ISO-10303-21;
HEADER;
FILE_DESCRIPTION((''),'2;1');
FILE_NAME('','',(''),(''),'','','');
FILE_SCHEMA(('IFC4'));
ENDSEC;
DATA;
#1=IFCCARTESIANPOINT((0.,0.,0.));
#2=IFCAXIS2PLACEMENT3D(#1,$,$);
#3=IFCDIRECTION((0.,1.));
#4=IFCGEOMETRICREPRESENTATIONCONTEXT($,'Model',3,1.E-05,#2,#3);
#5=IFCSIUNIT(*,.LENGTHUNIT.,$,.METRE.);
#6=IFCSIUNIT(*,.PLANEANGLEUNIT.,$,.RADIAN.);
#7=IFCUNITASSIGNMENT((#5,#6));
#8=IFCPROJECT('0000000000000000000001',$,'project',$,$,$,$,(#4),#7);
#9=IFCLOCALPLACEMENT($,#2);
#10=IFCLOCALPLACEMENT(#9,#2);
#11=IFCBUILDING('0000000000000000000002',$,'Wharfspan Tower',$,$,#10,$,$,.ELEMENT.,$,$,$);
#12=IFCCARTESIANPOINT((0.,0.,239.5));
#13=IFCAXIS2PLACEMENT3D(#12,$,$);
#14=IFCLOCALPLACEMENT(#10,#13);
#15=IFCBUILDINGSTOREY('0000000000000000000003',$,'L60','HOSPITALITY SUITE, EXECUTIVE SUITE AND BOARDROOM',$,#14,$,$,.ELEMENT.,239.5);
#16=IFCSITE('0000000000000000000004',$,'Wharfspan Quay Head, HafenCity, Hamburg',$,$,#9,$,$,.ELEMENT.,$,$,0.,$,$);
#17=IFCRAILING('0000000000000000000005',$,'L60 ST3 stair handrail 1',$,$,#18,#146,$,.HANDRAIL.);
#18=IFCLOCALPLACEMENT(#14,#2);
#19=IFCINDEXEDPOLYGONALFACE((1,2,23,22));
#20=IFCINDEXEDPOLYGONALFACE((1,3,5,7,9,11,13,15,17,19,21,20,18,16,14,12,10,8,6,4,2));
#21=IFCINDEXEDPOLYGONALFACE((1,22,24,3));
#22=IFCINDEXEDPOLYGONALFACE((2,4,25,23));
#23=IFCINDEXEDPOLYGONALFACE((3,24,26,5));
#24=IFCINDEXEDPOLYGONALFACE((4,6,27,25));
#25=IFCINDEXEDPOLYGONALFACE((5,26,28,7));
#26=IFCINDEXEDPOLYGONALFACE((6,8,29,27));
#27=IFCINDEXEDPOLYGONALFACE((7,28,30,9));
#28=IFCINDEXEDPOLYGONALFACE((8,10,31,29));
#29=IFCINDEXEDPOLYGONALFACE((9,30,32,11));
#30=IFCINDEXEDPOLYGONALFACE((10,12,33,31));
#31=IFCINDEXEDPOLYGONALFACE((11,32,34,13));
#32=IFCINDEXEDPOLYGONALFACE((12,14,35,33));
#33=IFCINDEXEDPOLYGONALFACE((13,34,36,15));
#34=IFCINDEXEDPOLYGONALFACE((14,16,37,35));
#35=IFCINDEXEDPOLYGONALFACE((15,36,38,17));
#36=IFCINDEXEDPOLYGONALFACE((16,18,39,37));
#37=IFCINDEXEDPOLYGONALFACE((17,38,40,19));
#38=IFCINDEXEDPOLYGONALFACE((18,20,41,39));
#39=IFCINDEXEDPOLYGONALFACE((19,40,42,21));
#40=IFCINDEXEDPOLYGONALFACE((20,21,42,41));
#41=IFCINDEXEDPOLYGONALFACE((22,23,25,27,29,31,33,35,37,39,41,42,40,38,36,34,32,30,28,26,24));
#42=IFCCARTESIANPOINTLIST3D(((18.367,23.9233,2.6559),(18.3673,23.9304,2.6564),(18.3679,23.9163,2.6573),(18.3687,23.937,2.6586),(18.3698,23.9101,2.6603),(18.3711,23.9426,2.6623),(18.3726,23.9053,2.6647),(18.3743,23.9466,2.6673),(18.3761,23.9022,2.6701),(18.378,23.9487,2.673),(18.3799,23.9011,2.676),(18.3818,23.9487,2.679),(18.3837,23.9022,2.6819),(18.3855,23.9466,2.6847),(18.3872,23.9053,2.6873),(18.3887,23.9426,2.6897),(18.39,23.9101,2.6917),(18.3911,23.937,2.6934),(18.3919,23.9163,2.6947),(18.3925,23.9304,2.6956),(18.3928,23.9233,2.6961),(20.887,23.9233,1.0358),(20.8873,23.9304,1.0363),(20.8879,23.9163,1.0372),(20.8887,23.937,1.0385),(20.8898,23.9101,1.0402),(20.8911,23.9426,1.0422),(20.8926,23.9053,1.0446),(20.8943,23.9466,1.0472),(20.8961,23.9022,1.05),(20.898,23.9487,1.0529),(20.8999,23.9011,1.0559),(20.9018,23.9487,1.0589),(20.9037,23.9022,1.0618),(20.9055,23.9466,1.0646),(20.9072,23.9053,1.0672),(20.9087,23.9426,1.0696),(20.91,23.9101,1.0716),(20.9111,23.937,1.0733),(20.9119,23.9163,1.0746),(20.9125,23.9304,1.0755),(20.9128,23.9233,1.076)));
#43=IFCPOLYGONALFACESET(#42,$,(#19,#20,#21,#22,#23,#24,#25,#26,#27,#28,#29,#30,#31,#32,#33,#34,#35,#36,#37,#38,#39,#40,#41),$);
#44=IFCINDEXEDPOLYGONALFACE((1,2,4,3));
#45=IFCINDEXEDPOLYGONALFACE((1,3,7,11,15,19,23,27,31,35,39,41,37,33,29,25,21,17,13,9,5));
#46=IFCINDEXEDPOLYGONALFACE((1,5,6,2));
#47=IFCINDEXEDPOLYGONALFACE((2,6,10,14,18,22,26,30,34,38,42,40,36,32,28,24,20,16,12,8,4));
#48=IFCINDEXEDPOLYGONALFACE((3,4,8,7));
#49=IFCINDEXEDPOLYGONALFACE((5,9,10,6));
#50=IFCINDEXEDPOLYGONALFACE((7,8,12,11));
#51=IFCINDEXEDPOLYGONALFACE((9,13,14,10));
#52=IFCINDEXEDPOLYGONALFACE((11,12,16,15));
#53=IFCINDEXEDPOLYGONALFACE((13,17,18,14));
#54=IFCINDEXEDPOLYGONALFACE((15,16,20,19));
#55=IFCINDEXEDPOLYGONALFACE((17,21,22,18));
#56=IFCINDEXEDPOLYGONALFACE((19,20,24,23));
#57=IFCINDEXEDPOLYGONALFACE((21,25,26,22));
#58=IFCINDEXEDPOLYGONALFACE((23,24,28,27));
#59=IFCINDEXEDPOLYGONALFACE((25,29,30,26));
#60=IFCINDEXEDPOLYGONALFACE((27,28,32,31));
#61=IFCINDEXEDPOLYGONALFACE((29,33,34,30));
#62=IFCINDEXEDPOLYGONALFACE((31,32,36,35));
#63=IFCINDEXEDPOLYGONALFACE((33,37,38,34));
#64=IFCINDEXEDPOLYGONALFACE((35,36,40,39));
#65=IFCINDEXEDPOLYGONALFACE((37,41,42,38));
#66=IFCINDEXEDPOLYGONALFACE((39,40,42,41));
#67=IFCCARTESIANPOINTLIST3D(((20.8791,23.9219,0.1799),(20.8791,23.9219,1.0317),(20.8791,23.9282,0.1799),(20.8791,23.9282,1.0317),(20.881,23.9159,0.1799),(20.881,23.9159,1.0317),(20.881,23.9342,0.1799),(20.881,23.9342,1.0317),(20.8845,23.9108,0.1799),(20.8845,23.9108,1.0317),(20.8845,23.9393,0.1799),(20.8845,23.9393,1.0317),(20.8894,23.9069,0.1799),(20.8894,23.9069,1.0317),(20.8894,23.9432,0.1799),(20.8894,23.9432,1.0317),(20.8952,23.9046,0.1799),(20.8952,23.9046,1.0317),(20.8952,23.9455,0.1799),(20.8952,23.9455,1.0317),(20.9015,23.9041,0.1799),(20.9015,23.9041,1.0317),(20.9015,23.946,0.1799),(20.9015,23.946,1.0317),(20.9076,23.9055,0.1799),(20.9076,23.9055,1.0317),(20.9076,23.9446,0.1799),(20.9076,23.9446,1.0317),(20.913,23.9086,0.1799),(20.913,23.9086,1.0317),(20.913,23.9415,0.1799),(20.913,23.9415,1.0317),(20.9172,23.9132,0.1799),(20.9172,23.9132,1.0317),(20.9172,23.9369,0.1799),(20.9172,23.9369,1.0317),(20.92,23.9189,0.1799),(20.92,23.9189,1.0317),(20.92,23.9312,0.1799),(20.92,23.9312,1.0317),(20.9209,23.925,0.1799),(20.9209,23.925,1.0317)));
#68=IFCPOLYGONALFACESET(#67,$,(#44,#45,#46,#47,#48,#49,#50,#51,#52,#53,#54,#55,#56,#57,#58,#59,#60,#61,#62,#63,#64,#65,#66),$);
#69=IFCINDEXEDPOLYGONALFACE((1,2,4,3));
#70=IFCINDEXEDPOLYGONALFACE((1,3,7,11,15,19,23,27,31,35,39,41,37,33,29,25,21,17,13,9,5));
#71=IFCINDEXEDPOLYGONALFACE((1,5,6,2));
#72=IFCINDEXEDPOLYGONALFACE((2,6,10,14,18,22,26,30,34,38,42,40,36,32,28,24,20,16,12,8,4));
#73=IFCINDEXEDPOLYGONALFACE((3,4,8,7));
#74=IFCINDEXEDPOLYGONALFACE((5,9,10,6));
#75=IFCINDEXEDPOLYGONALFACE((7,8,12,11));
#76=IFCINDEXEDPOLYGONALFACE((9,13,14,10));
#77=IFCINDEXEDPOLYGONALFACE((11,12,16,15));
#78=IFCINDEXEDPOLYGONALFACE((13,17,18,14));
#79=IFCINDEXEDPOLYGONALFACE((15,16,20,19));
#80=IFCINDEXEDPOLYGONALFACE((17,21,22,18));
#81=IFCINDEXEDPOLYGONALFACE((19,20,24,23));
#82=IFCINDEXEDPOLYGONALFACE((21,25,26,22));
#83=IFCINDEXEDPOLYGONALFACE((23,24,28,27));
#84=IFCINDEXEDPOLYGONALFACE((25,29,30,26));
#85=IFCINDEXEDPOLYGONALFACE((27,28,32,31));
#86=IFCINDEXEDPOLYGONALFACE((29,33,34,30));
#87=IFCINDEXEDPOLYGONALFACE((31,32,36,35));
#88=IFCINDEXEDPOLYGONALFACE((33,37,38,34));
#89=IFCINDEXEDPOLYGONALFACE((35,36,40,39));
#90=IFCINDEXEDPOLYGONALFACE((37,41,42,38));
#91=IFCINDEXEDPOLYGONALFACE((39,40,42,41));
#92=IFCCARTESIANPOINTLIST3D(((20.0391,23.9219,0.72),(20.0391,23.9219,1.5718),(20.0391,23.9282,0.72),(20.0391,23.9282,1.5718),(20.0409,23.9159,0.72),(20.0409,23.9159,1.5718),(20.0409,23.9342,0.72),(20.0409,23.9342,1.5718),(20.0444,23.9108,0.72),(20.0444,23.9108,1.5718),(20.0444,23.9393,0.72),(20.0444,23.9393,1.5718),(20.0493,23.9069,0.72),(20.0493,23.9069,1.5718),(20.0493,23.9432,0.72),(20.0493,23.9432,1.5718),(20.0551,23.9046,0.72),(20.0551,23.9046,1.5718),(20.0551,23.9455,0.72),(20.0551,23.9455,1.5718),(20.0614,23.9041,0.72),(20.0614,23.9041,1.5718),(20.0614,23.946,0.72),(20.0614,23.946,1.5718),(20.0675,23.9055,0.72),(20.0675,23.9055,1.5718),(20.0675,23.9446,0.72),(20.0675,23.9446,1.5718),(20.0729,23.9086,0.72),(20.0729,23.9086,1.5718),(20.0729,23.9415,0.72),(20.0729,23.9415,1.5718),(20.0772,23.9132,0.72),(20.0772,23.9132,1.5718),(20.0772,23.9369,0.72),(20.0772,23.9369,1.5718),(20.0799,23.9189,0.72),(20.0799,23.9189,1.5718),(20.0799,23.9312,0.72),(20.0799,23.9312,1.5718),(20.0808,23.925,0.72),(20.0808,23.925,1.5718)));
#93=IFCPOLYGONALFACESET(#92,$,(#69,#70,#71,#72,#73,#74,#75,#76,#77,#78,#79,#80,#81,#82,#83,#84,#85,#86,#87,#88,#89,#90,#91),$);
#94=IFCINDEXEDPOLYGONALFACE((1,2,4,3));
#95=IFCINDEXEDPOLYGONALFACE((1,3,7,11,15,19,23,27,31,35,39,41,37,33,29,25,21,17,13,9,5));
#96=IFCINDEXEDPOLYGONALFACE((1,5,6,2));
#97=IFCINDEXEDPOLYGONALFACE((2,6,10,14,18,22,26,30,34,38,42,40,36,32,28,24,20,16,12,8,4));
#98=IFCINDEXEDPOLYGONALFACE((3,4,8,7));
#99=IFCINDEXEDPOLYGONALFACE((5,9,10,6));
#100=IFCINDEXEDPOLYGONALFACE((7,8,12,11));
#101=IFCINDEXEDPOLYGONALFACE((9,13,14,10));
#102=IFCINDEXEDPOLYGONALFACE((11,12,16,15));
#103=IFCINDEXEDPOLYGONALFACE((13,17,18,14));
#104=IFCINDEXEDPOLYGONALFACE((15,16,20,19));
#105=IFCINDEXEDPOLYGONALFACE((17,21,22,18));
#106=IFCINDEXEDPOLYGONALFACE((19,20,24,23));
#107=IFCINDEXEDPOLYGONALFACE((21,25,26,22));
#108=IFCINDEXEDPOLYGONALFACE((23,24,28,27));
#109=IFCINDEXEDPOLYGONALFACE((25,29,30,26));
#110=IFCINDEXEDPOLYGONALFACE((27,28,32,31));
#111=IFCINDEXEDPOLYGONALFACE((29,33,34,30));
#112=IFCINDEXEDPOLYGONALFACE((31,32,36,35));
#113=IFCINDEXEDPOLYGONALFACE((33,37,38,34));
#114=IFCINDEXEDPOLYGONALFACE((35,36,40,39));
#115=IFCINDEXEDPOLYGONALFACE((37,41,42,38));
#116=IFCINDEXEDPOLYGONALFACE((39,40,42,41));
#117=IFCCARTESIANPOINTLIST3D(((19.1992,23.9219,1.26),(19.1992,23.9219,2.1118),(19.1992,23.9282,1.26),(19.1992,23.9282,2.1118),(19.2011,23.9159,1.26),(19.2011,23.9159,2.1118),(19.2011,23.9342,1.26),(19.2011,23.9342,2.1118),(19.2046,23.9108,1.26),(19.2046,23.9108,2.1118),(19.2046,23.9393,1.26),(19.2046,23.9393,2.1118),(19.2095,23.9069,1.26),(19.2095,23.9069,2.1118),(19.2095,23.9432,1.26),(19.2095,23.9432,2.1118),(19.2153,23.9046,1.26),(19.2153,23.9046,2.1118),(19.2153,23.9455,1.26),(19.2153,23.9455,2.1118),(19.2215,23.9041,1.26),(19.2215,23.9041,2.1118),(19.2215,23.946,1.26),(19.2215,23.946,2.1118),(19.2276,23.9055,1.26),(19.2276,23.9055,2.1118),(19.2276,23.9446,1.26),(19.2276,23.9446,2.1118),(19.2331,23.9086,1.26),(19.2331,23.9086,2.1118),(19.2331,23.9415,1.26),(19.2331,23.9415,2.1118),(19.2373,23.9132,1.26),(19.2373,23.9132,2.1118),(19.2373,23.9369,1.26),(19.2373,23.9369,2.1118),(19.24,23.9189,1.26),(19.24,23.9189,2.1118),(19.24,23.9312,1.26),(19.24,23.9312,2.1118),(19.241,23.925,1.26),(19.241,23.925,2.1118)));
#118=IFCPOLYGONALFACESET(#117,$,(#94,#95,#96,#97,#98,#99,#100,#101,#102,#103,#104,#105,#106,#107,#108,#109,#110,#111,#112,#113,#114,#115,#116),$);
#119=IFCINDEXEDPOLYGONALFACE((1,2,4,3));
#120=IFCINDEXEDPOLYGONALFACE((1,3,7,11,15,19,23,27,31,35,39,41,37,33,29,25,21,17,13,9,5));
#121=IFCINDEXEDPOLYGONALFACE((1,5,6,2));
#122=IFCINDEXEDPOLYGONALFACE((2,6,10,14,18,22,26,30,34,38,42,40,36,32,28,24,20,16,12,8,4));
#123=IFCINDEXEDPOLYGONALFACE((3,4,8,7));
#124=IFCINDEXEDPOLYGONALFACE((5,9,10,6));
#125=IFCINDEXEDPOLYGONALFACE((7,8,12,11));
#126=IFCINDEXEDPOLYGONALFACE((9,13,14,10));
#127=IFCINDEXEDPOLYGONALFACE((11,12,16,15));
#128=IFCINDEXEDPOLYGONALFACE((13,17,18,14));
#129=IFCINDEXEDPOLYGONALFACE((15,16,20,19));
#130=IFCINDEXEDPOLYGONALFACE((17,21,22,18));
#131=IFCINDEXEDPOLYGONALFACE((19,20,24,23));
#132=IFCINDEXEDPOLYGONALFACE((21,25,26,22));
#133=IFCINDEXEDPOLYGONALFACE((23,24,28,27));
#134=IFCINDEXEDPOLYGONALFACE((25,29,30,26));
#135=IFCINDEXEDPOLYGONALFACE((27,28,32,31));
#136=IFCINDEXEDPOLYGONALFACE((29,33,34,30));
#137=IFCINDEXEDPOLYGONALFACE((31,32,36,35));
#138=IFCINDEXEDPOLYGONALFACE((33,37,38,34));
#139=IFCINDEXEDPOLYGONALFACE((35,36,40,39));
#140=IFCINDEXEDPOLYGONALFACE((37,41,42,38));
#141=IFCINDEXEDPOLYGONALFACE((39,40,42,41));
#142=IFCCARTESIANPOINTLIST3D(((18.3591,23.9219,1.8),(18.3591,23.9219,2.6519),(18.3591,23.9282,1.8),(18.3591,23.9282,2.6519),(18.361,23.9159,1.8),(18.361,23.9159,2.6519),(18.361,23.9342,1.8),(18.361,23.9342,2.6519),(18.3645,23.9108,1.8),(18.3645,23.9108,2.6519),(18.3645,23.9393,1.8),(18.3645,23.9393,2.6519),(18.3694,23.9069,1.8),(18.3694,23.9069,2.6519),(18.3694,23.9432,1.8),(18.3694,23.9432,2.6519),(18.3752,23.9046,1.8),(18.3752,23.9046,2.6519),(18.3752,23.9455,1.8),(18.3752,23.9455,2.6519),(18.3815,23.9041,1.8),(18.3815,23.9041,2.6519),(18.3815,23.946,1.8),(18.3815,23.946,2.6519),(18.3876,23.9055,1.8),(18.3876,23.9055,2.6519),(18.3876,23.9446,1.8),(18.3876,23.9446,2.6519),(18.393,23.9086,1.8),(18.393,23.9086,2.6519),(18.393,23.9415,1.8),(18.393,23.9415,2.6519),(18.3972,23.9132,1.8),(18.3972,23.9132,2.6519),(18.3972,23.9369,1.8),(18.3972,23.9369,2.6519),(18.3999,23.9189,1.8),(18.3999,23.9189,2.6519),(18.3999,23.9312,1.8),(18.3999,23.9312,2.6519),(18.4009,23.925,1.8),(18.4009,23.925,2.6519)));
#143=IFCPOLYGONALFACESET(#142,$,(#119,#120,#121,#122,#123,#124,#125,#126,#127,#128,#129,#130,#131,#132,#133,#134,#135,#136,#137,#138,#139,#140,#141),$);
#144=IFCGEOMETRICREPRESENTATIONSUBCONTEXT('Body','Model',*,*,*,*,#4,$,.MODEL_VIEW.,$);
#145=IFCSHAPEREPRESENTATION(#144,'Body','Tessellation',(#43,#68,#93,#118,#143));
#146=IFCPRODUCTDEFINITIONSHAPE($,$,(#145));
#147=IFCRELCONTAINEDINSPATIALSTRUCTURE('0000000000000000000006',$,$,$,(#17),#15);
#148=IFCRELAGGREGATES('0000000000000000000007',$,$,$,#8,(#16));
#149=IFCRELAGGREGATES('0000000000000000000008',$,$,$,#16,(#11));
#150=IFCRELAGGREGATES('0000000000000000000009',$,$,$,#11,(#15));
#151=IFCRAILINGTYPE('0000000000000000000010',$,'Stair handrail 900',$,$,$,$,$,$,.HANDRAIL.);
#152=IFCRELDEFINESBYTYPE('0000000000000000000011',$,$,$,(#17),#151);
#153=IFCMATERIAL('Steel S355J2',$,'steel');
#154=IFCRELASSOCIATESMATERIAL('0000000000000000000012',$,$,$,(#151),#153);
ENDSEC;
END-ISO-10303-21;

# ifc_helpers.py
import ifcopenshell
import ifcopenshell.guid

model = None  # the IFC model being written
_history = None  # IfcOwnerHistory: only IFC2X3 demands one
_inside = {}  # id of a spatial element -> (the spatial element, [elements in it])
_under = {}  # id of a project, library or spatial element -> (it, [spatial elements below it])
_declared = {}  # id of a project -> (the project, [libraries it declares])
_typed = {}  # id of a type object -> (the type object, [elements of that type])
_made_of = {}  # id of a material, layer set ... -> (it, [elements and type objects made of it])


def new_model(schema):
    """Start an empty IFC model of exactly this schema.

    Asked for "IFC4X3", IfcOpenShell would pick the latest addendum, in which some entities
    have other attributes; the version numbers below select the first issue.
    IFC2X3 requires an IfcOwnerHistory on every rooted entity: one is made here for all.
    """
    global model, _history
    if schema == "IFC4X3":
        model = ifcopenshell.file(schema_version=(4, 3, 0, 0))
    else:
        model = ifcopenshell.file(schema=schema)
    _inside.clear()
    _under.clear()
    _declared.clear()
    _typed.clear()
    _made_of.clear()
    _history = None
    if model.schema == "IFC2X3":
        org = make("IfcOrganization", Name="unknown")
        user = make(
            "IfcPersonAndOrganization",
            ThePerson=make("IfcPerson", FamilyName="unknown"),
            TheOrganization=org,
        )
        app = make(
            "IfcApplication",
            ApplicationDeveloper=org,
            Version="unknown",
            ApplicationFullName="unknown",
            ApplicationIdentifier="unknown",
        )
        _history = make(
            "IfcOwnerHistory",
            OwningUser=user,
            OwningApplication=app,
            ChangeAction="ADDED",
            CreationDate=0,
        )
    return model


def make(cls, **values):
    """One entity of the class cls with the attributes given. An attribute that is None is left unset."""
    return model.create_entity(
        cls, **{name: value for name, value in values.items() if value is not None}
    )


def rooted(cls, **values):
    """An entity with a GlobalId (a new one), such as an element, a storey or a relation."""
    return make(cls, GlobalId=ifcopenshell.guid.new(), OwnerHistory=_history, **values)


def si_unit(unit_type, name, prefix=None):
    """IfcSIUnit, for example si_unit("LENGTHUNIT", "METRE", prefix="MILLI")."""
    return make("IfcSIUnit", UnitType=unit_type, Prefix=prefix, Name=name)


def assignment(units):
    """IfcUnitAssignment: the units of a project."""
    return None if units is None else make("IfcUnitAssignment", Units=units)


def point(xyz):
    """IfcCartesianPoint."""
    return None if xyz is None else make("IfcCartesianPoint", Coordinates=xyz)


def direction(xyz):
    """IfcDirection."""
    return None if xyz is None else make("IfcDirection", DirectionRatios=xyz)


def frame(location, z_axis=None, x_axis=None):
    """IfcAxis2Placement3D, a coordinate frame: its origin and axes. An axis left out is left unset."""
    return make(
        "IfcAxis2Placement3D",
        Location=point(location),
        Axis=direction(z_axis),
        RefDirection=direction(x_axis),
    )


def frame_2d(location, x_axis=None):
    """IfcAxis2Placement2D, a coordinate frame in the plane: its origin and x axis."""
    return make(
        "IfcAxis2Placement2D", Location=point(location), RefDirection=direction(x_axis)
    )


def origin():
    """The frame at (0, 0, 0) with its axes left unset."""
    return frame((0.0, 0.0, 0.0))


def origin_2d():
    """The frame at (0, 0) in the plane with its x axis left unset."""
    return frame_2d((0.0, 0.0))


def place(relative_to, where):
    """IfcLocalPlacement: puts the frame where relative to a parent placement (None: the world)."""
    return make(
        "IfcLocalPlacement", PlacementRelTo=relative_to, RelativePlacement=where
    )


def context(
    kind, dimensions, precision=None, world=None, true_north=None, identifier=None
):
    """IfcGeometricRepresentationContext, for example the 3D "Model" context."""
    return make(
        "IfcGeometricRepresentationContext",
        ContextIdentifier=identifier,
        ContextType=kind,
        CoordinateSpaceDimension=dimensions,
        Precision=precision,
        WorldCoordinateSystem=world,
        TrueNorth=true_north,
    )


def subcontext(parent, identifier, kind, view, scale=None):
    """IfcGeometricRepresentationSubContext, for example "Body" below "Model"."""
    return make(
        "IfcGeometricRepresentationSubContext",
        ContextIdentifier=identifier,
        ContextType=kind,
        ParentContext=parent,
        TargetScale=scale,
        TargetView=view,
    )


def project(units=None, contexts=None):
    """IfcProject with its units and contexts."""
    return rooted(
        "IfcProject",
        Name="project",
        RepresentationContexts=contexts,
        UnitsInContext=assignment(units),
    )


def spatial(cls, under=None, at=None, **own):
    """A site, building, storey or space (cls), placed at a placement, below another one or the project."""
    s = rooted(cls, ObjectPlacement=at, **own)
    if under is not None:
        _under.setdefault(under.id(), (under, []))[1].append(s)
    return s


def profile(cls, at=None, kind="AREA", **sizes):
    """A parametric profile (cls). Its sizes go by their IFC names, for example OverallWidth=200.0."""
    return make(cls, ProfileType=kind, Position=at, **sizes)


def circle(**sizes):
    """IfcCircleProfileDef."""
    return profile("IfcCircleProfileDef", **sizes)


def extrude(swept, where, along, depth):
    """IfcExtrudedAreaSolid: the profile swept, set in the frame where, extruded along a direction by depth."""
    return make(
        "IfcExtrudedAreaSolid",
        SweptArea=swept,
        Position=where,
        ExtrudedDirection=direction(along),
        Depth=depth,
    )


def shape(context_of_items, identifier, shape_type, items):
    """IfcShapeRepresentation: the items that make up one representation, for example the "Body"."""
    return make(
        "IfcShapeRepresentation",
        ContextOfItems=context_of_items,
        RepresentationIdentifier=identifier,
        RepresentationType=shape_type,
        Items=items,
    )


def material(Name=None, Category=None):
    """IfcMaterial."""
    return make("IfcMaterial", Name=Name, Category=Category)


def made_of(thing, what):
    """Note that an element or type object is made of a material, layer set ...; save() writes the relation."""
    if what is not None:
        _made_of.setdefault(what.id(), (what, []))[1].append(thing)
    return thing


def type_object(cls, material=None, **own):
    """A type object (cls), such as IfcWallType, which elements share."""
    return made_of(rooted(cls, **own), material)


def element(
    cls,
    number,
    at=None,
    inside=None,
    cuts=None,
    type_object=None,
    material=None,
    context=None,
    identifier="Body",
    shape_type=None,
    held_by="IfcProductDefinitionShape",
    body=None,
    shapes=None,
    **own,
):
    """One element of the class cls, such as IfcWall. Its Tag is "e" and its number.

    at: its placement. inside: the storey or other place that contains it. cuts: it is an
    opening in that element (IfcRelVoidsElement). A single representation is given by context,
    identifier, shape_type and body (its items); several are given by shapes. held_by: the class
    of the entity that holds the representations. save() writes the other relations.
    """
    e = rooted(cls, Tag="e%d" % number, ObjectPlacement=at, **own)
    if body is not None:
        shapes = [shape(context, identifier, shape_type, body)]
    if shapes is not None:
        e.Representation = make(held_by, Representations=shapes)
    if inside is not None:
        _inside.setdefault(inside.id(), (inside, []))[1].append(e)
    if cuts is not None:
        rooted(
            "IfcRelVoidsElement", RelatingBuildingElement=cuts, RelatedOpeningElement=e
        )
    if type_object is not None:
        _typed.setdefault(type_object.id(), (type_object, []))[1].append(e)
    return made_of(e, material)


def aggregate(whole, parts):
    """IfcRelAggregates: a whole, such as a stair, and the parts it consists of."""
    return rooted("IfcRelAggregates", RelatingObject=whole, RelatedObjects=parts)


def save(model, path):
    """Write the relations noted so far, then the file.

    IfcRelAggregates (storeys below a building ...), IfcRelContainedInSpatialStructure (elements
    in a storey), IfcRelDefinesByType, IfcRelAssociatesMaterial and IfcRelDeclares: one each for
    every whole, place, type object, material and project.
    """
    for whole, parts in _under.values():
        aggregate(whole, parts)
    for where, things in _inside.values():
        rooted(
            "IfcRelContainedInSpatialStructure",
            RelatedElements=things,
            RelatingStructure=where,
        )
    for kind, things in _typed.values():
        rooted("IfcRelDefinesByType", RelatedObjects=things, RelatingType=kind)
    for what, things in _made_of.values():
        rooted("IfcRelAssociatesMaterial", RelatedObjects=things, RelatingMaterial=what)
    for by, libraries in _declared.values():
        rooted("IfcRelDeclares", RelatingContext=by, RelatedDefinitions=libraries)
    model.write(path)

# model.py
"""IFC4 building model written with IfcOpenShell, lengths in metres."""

from ifc_helpers import new_model, si_unit, direction, frame, origin, origin_2d, place, context, subcontext, project, spatial, circle, extrude, material, type_object, element, save


model = new_model("IFC4")

# Units and contexts
model_context = context("Model", 3, precision=1e-05, world=origin(), true_north=direction((0.0, 1.0)))
body_context = subcontext(model_context, "Body", "Model", "MODEL_VIEW")
ifc_project = project(units=[si_unit("LENGTHUNIT", "METRE"), si_unit("PLANEANGLEUNIT", "RADIAN")], contexts=[model_context])

# Site, building, storey
site_placement = place(None, origin())
site = spatial("IfcSite", under=ifc_project, at=site_placement, Name="Wharfspan Quay Head, HafenCity, Hamburg", CompositionType="ELEMENT", RefElevation=0.0)
building_placement = place(site_placement, origin())
building = spatial("IfcBuilding", under=site, at=building_placement, Name="Wharfspan Tower", CompositionType="ELEMENT")
storey_placement = place(building_placement, frame((0.0, 0.0, 239.5)))
storey = spatial("IfcBuildingStorey", under=building, at=storey_placement, Name="L60", Description="HOSPITALITY SUITE, EXECUTIVE SUITE AND BOARDROOM", CompositionType="ELEMENT", Elevation=239.5)

# Shared definitions
ifc_material_1 = material(Name="Steel S355J2", Category="steel")

# Railing
railing_type_1 = type_object("IfcRailingType", Name="Stair handrail 900", PredefinedType="HANDRAIL", material=ifc_material_1)
railing_1_placement = place(storey_placement, frame((20.8999, 23.925, 0.1799)))
element("IfcRailing", 1, at=railing_1_placement, inside=storey, type_object=railing_type_1, Name="L60 ST3 stair handrail 1", PredefinedType="HANDRAIL", context=body_context, shape_type="SweptSolid", body=[
    extrude(circle(Radius=0.0239, at=origin_2d()), frame((0.0, 0.0, 0.876), z_axis=(-0.841163, 0.0, 0.540782), x_axis=(0.0, -1.0, 0.0)), (0.0, 0.0, 1.0), 2.9958),
    extrude(circle(Radius=0.021, at=origin_2d()), origin(), (0.0, 0.0, 1.0), 0.8518),
    extrude(circle(Radius=0.021, at=origin_2d()), frame((-0.8401, 0.0, 0.54)), (0.0, 0.0, 1.0), 0.8518),
    extrude(circle(Radius=0.021, at=origin_2d()), frame((-1.6799, 0.0, 1.0801)), (0.0, 0.0, 1.0), 0.8518),
    extrude(circle(Radius=0.021, at=origin_2d()), frame((-2.52, 0.0, 1.6201)), (0.0, 0.0, 1.0), 0.8518),
])

save(model, "model.ifc")
